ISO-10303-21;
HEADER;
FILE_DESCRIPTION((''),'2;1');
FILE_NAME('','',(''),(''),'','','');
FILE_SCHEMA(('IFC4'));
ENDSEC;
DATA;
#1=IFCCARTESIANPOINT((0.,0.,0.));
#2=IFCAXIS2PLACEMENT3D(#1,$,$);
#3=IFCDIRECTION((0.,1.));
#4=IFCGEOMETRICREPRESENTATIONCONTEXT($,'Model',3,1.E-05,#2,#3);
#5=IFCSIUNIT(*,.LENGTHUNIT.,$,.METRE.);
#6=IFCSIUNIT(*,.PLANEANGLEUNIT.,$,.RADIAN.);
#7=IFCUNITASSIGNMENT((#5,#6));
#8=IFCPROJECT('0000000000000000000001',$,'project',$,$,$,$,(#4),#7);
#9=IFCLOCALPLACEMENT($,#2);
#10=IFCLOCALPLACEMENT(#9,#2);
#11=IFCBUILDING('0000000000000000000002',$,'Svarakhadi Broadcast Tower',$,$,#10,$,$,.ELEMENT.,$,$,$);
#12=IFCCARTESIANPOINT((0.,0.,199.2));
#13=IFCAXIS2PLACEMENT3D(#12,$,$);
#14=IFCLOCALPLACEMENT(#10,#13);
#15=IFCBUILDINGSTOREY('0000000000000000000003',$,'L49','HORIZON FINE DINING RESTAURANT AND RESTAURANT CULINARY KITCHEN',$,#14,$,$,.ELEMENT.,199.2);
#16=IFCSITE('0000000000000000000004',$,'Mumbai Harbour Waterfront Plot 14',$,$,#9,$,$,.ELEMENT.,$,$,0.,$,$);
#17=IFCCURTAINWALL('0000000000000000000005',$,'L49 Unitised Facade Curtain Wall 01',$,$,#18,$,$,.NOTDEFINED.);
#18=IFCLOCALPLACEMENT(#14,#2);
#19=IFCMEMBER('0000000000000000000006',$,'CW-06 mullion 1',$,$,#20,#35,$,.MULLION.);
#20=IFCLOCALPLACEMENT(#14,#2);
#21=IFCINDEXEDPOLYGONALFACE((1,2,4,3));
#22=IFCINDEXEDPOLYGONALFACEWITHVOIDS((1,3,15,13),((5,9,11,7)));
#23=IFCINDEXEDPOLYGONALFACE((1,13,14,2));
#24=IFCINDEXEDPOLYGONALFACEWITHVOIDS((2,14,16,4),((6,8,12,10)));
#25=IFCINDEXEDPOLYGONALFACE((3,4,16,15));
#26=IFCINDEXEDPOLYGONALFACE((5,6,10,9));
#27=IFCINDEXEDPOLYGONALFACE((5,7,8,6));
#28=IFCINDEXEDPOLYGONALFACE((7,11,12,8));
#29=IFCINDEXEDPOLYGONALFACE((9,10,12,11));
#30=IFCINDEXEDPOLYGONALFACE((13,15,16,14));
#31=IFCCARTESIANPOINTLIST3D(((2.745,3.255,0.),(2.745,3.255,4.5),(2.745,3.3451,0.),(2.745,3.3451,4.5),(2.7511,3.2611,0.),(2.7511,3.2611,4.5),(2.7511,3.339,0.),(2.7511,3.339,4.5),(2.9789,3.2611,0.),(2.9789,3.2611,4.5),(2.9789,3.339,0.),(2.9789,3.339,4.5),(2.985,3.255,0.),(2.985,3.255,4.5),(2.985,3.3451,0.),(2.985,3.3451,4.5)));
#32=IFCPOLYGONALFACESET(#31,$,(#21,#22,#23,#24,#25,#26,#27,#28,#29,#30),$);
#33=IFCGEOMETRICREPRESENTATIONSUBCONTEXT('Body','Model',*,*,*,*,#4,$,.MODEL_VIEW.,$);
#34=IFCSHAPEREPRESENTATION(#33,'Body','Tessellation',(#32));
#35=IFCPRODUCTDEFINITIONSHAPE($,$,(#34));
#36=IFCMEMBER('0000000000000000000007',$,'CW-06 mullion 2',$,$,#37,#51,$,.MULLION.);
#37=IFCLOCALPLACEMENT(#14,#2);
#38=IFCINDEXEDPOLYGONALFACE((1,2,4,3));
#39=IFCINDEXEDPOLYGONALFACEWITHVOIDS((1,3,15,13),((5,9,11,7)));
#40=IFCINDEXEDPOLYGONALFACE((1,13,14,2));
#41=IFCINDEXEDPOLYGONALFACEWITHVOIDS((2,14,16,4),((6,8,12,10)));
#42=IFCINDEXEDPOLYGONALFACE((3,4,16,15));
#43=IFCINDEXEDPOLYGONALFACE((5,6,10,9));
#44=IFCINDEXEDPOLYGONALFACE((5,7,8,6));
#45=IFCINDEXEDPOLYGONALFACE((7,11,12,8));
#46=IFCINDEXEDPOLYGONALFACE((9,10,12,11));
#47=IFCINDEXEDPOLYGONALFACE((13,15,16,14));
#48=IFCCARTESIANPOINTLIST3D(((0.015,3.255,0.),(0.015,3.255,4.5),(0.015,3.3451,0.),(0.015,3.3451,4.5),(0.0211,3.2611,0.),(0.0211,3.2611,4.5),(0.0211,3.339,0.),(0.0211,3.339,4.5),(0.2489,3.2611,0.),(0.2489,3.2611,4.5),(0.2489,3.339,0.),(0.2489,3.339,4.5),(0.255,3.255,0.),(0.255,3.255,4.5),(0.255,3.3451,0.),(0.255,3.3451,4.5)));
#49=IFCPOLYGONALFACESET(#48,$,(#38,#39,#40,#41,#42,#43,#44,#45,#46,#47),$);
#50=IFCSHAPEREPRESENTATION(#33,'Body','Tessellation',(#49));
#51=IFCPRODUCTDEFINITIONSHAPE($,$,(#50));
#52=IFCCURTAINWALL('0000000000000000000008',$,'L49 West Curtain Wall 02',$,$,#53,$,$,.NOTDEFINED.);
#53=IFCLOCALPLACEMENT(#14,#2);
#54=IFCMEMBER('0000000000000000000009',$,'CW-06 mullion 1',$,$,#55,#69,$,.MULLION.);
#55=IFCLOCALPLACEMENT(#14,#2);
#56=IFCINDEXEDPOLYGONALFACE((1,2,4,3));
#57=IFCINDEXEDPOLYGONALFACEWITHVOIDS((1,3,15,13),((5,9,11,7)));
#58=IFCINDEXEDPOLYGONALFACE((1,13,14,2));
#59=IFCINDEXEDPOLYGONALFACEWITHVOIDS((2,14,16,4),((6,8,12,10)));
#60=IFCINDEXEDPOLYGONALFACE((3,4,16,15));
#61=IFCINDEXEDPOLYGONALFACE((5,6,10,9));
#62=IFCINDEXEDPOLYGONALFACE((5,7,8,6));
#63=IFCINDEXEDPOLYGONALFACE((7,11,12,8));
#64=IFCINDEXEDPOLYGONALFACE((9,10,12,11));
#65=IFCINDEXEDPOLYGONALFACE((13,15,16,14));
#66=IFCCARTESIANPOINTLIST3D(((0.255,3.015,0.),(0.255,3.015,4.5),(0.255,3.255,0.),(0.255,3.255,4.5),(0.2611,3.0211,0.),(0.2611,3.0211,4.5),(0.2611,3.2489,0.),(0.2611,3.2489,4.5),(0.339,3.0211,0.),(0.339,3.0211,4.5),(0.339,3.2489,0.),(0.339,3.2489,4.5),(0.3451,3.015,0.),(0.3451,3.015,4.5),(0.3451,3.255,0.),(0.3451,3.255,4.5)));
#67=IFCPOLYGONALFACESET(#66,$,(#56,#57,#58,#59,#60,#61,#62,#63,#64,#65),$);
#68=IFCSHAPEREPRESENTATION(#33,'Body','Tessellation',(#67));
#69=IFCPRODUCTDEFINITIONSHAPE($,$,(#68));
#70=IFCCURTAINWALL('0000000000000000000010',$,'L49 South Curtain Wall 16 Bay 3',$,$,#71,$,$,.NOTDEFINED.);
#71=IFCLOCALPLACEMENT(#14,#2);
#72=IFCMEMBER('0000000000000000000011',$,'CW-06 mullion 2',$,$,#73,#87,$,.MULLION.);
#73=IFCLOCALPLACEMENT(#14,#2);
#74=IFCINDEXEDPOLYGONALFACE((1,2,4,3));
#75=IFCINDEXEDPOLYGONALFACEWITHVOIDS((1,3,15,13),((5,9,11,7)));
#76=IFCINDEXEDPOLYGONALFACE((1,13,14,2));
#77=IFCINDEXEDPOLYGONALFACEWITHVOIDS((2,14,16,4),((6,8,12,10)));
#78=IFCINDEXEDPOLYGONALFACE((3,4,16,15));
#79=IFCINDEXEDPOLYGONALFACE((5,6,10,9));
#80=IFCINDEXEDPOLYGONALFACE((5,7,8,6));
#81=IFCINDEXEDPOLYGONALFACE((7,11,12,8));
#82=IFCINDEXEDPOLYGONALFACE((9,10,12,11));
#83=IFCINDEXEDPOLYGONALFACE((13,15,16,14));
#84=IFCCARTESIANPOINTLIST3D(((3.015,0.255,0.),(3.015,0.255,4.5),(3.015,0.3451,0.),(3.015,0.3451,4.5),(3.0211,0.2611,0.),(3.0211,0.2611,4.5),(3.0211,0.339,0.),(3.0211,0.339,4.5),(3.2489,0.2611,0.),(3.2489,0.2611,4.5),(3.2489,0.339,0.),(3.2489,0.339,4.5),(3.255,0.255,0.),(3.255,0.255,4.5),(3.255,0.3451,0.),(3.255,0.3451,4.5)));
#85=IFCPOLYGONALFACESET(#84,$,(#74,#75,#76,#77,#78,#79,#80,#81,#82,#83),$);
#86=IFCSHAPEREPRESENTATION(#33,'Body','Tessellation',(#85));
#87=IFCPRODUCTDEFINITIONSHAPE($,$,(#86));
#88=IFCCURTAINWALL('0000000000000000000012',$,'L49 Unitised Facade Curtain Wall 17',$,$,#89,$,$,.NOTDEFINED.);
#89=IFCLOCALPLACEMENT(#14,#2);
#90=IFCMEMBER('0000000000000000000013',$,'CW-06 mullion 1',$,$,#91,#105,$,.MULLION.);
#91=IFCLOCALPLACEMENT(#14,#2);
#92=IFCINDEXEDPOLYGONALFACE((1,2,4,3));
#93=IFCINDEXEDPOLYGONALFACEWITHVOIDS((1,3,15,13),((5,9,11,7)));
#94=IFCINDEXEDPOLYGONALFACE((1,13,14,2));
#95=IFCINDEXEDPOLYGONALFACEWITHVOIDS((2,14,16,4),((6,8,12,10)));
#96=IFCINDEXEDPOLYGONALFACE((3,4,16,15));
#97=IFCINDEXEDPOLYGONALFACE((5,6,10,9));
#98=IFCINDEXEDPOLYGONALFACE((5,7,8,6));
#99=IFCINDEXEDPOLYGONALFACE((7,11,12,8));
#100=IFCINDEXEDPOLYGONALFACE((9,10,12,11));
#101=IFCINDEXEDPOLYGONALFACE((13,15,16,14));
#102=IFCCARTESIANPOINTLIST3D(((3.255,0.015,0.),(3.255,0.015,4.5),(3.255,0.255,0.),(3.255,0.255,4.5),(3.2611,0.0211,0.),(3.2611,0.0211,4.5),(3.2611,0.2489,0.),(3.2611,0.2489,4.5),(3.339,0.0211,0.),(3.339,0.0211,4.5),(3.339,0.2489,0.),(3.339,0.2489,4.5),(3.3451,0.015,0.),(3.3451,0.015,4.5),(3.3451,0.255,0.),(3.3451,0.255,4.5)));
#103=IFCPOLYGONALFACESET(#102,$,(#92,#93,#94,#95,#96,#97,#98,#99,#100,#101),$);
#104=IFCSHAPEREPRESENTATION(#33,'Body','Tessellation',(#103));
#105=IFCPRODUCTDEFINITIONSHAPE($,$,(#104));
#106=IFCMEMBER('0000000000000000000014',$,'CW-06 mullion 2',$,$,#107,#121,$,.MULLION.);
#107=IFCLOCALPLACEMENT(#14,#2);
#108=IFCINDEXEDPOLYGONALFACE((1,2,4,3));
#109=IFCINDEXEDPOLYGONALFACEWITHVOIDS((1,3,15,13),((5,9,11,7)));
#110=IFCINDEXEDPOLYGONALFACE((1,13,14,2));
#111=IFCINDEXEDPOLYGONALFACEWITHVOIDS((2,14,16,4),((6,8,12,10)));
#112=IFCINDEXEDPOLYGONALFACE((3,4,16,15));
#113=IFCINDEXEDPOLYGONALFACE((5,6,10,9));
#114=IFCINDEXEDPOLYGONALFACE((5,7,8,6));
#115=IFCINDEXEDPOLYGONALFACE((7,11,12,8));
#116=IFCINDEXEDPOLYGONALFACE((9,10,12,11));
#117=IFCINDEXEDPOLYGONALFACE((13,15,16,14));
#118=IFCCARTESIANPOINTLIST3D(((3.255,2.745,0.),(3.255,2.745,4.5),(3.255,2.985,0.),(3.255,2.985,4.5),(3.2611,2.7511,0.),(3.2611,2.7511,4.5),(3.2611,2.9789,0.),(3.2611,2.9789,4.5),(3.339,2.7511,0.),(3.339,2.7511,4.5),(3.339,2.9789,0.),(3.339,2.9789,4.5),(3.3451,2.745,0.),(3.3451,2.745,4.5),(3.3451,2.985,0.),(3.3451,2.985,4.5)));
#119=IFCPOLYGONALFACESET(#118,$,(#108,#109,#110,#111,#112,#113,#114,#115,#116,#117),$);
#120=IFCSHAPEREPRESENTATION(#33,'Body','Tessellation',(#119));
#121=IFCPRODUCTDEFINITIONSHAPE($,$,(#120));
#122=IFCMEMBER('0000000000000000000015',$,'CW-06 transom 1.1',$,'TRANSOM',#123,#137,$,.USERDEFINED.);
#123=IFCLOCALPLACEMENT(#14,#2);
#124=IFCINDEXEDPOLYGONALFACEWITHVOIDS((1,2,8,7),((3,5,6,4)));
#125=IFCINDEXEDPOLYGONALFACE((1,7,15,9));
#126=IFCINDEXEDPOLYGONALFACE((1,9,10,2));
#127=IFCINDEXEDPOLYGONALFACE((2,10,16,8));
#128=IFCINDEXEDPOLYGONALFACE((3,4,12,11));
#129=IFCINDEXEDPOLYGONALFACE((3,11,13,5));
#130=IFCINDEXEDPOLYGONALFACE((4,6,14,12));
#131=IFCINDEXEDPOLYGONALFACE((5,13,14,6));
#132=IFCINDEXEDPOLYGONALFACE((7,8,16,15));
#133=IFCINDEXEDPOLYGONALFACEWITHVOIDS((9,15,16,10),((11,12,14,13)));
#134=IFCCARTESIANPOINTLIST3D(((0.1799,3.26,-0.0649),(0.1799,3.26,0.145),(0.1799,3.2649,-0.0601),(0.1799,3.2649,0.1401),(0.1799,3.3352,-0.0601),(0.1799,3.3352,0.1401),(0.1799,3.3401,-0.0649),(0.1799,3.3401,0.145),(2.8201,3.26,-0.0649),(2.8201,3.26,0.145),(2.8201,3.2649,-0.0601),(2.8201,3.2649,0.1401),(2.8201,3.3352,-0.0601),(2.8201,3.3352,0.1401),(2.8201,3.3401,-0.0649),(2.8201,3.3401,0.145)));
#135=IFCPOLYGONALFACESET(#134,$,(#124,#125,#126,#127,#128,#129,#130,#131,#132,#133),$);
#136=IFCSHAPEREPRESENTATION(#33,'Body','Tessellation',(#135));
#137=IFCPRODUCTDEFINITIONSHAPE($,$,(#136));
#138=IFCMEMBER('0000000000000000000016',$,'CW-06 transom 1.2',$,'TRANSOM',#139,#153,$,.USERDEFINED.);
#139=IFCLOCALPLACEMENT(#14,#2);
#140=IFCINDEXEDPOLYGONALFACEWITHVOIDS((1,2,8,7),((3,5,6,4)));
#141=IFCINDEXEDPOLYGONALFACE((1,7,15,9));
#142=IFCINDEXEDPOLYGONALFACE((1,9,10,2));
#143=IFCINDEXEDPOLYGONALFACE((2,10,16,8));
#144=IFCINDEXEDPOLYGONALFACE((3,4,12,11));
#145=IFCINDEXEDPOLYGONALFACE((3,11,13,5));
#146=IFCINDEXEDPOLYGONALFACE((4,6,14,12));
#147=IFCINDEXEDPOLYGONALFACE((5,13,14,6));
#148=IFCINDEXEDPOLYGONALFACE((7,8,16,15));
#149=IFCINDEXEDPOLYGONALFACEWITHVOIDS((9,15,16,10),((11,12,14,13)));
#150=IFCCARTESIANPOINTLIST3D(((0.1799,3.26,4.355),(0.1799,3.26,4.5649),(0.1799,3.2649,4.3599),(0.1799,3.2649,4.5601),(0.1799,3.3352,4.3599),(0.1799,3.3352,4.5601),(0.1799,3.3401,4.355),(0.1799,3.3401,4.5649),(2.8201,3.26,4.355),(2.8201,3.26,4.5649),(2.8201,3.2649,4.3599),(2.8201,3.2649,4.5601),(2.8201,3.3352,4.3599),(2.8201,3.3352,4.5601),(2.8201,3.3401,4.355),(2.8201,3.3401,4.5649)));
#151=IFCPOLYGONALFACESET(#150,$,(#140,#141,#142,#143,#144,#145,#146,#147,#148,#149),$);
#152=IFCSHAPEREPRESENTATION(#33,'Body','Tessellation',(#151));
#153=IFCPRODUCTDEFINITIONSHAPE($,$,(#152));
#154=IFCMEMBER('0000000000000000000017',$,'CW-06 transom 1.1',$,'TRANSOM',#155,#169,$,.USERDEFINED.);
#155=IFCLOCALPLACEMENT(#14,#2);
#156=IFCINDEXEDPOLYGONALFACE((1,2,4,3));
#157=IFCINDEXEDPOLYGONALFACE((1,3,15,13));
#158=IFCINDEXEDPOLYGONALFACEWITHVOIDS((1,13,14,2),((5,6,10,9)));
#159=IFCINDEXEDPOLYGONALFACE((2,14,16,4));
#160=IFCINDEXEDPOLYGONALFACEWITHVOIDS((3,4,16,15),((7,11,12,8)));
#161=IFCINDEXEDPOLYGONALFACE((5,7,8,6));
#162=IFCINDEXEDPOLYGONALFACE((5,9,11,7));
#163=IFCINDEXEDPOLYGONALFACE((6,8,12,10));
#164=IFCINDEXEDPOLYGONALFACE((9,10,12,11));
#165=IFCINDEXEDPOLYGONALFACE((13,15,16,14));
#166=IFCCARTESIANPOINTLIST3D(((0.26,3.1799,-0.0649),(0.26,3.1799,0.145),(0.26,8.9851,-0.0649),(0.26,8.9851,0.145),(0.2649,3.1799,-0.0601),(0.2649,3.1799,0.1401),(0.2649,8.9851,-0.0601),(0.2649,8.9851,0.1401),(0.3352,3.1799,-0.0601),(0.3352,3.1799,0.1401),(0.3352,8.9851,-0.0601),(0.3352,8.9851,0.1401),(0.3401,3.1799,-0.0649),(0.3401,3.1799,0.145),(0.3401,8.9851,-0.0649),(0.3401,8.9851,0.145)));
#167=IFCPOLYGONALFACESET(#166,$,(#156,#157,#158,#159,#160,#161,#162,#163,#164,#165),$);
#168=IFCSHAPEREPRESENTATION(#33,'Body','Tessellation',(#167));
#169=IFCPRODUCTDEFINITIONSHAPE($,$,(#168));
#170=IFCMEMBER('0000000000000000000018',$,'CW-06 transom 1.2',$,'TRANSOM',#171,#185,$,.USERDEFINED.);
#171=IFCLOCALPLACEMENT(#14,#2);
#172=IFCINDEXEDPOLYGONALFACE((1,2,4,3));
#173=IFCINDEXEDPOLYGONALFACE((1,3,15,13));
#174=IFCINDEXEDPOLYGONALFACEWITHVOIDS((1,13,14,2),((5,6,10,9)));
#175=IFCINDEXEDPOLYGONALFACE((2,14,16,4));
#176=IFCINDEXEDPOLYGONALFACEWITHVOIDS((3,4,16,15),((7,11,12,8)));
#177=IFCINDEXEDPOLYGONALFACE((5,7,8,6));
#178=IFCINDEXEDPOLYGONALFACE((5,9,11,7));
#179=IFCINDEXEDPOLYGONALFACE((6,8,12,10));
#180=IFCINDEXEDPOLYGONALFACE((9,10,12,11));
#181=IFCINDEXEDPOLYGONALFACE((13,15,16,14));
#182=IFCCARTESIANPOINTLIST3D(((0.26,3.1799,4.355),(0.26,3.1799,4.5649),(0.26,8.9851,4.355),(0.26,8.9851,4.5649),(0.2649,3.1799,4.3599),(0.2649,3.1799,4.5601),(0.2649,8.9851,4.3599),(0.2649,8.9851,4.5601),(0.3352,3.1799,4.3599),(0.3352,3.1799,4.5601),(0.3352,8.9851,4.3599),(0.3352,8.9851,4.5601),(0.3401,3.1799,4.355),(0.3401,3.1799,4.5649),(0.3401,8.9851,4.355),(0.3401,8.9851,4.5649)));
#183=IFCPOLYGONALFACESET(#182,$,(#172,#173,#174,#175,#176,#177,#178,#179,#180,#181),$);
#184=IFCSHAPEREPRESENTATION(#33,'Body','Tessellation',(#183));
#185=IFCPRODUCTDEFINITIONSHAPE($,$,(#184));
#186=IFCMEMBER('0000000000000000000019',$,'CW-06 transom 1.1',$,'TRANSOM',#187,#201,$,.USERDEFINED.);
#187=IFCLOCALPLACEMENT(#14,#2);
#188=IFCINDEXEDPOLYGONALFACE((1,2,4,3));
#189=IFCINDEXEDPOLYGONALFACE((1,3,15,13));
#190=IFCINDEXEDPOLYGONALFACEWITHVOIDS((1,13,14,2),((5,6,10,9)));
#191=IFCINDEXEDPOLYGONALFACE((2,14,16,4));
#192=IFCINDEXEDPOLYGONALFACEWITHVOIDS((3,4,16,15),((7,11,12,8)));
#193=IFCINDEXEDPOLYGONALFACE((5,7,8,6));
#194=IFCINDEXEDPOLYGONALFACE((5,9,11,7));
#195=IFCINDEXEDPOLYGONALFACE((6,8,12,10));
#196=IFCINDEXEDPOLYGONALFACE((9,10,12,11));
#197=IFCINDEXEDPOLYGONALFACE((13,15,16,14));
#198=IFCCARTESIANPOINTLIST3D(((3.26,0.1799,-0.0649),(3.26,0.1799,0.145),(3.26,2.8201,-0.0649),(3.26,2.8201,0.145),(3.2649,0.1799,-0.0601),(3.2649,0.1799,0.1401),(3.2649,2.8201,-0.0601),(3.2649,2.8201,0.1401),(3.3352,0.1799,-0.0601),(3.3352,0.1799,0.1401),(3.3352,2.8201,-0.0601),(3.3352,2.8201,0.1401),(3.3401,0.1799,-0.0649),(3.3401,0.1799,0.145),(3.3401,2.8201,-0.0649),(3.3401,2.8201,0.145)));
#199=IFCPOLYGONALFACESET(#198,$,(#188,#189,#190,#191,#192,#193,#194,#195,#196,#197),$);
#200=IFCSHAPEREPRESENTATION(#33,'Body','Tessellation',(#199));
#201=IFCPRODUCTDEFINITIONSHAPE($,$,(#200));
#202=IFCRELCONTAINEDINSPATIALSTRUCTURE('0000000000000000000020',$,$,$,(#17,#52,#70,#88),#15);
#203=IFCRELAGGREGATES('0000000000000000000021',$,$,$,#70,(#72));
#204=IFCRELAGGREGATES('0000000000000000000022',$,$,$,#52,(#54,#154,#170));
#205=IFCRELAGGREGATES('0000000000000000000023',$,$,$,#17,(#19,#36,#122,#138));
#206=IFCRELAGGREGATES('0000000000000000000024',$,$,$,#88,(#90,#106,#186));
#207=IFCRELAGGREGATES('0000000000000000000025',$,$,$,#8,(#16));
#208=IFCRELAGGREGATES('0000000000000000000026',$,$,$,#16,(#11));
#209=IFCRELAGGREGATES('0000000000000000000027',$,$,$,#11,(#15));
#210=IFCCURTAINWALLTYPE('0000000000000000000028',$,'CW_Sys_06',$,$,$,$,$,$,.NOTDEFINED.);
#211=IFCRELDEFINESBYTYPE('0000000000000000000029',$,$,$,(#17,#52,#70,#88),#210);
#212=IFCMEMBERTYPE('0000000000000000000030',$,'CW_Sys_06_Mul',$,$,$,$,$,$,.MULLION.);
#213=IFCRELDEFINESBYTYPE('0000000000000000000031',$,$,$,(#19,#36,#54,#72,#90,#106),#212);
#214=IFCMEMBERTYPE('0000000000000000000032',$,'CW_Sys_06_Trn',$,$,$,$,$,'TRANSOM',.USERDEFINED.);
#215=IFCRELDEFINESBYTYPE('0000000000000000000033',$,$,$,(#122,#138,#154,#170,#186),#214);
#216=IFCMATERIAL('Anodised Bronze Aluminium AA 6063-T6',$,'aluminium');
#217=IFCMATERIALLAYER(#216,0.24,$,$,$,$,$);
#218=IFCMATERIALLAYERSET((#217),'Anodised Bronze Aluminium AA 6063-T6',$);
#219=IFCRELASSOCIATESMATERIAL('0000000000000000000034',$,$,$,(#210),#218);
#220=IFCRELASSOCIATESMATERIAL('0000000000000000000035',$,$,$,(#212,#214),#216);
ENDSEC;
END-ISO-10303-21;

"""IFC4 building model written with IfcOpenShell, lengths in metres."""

from ifc_helpers import new_model, si_unit, direction, frame, origin, origin_2d, place, context, subcontext, project, spatial, hollow_rectangle, extrude, material, layer, layer_set, material_profile, profile_set, type_object, element, aggregate, save


model = new_model("IFC4")

# Units and contexts
model_context = context("Model", 3, precision=1e-05, world=origin(), true_north=direction((0.0, 1.0)))
body_context = subcontext(model_context, "Body", "Model", "MODEL_VIEW")
ifc_project = project(units=[si_unit("LENGTHUNIT", "METRE"), si_unit("PLANEANGLEUNIT", "RADIAN")], contexts=[model_context])

# Site, building, storey
site_placement = place(None, origin())
site = spatial("IfcSite", under=ifc_project, at=site_placement, Name="Mumbai Harbour Waterfront Plot 14", CompositionType="ELEMENT", RefElevation=0.0)
building_placement = place(site_placement, origin())
building = spatial("IfcBuilding", under=site, at=building_placement, Name="Svarakhadi Broadcast Tower", CompositionType="ELEMENT")
storey_placement = place(building_placement, frame((0.0, 0.0, 199.2)))
storey = spatial("IfcBuildingStorey", under=building, at=storey_placement, Name="L49", Description="HORIZON FINE DINING RESTAURANT AND RESTAURANT CULINARY KITCHEN", CompositionType="ELEMENT", Elevation=199.2)

# Curtain wall, members
ifc_material_1 = material(Name="Anodised Bronze Aluminium AA 6063-T6", Category="aluminium")
ifc_layer_1 = layer(ifc_material_1, 0.24)
ifc_layer_set_1 = layer_set([ifc_layer_1], Name="Anodised Bronze Aluminium AA 6063-T6")
curtain_wall_type = type_object("IfcCurtainWallType", Name="CW_Sys_06", PredefinedType="NOTDEFINED", material=ifc_layer_set_1)
curtain_wall_1_placement = place(storey_placement, origin())
curtain_wall_1 = element("IfcCurtainWall", 1, at=curtain_wall_1_placement, inside=storey, type_object=curtain_wall_type, Name="L49 Unitised Facade Curtain Wall 01", PredefinedType="NOTDEFINED")
ifc_material_profile_1 = material_profile(ifc_material_1, hollow_rectangle(XDim=0.0901, YDim=0.24, WallThickness=0.0061, at=origin_2d()), Name="ALU MULLION 240x90x6")
ifc_profile_set_1 = profile_set([ifc_material_profile_1], Name="Anodised Bronze Aluminium AA 6063-T6")
member_type_1 = type_object("IfcMemberType", Name="CW_Sys_06_Mul", PredefinedType="MULLION", material=ifc_profile_set_1)
member_1_placement = place(storey_placement, frame((2.865, 3.3, 0.0), z_axis=(0.0, 0.0, 1.0), x_axis=(0.0, -1.0, 0.0)))
member_1 = element("IfcMember", 2, at=member_1_placement, type_object=member_type_1, Name="CW-06 mullion 1", PredefinedType="MULLION", context=body_context, shape_type="SweptSolid", body=[
    extrude(hollow_rectangle(XDim=0.0901, YDim=0.24, WallThickness=0.0061, at=origin_2d()), origin(), (0.0, 0.0, 1.0), 4.5),
])
member_2_placement = place(storey_placement, frame((0.135, 3.3, 0.0), z_axis=(0.0, 0.0, 1.0), x_axis=(0.0, -1.0, 0.0)))
member_2 = element("IfcMember", 3, at=member_2_placement, type_object=member_type_1, Name="CW-06 mullion 2", PredefinedType="MULLION", context=body_context, shape_type="SweptSolid", body=[
    extrude(hollow_rectangle(XDim=0.0901, YDim=0.24, WallThickness=0.0061, at=origin_2d()), origin(), (0.0, 0.0, 1.0), 4.5),
])

# Curtain walls, members
curtain_wall_2_placement = place(storey_placement, origin())
curtain_wall_2 = element("IfcCurtainWall", 4, at=curtain_wall_2_placement, inside=storey, type_object=curtain_wall_type, Name="L49 West Curtain Wall 02", PredefinedType="NOTDEFINED")
member_3_placement = place(storey_placement, frame((0.3, 3.135, 0.0), z_axis=(0.0, 0.0, 1.0), x_axis=(-1.0, 0.0, 0.0)))
member_3 = element("IfcMember", 5, at=member_3_placement, type_object=member_type_1, Name="CW-06 mullion 1", PredefinedType="MULLION", context=body_context, shape_type="SweptSolid", body=[
    extrude(hollow_rectangle(XDim=0.0901, YDim=0.24, WallThickness=0.0061, at=origin_2d()), origin(), (0.0, 0.0, 1.0), 4.5),
])
curtain_wall_3_placement = place(storey_placement, origin())
curtain_wall_3 = element("IfcCurtainWall", 6, at=curtain_wall_3_placement, inside=storey, type_object=curtain_wall_type, Name="L49 South Curtain Wall 16 Bay 3", PredefinedType="NOTDEFINED")
member_4_placement = place(storey_placement, frame((3.135, 0.3, 0.0), z_axis=(0.0, 0.0, 1.0), x_axis=(0.0, -1.0, 0.0)))
member_4 = element("IfcMember", 7, at=member_4_placement, type_object=member_type_1, Name="CW-06 mullion 2", PredefinedType="MULLION", context=body_context, shape_type="SweptSolid", body=[
    extrude(hollow_rectangle(XDim=0.0901, YDim=0.24, WallThickness=0.0061, at=origin_2d()), origin(), (0.0, 0.0, 1.0), 4.5),
])
aggregate(curtain_wall_3, [member_4])

# Curtain wall, members
curtain_wall_4_placement = place(storey_placement, origin())
curtain_wall_4 = element("IfcCurtainWall", 8, at=curtain_wall_4_placement, inside=storey, type_object=curtain_wall_type, Name="L49 Unitised Facade Curtain Wall 17", PredefinedType="NOTDEFINED")
member_5_placement = place(storey_placement, frame((3.3, 0.135, 0.0), z_axis=(0.0, 0.0, 1.0), x_axis=(-1.0, 0.0, 0.0)))
member_5 = element("IfcMember", 9, at=member_5_placement, type_object=member_type_1, Name="CW-06 mullion 1", PredefinedType="MULLION", context=body_context, shape_type="SweptSolid", body=[
    extrude(hollow_rectangle(XDim=0.0901, YDim=0.24, WallThickness=0.0061, at=origin_2d()), origin(), (0.0, 0.0, 1.0), 4.5),
])
member_6_placement = place(storey_placement, frame((3.3, 2.865, 0.0), z_axis=(0.0, 0.0, 1.0), x_axis=(-1.0, 0.0, 0.0)))
member_6 = element("IfcMember", 10, at=member_6_placement, type_object=member_type_1, Name="CW-06 mullion 2", PredefinedType="MULLION", context=body_context, shape_type="SweptSolid", body=[
    extrude(hollow_rectangle(XDim=0.0901, YDim=0.24, WallThickness=0.0061, at=origin_2d()), origin(), (0.0, 0.0, 1.0), 4.5),
])

# Members
ifc_material_profile_2 = material_profile(ifc_material_1, hollow_rectangle(XDim=0.0801, YDim=0.21, WallThickness=0.0049, at=origin_2d()), Name="ALU TRANSOM 210x80x5")
ifc_profile_set_2 = profile_set([ifc_material_profile_2], Name="Anodised Bronze Aluminium AA 6063-T6")
member_type_2 = type_object("IfcMemberType", Name="CW_Sys_06_Trn", ElementType="TRANSOM", PredefinedType="USERDEFINED", material=ifc_profile_set_2)
member_7_placement = place(storey_placement, frame((2.8201, 3.3, 0.04), z_axis=(-1.0, 0.0, 0.0), x_axis=(0.0, -1.0, 0.0)))
member_7 = element("IfcMember", 11, at=member_7_placement, type_object=member_type_2, Name="CW-06 transom 1.1", ObjectType="TRANSOM", PredefinedType="USERDEFINED", context=body_context, shape_type="SweptSolid", body=[
    extrude(hollow_rectangle(XDim=0.0801, YDim=0.21, WallThickness=0.0049, at=origin_2d()), origin(), (0.0, 0.0, 1.0), 2.6401),
])
member_8_placement = place(storey_placement, frame((2.8201, 3.3, 4.46), z_axis=(-1.0, 0.0, 0.0), x_axis=(0.0, -1.0, 0.0)))
member_8 = element("IfcMember", 12, at=member_8_placement, type_object=member_type_2, Name="CW-06 transom 1.2", ObjectType="TRANSOM", PredefinedType="USERDEFINED", context=body_context, shape_type="SweptSolid", body=[
    extrude(hollow_rectangle(XDim=0.0801, YDim=0.21, WallThickness=0.0049, at=origin_2d()), origin(), (0.0, 0.0, 1.0), 2.6401),
])
member_9_placement = place(storey_placement, frame((0.3, 3.1799, 0.04), z_axis=(0.0, 1.0, 0.0), x_axis=(-1.0, 0.0, 0.0)))
member_9 = element("IfcMember", 13, at=member_9_placement, type_object=member_type_2, Name="CW-06 transom 1.1", ObjectType="TRANSOM", PredefinedType="USERDEFINED", context=body_context, shape_type="SweptSolid", body=[
    extrude(hollow_rectangle(XDim=0.0801, YDim=0.21, WallThickness=0.0049, at=origin_2d()), origin(), (0.0, 0.0, 1.0), 5.8052),
])
member_10_placement = place(storey_placement, frame((0.3, 3.1799, 4.46), z_axis=(0.0, 1.0, 0.0), x_axis=(-1.0, 0.0, 0.0)))
member_10 = element("IfcMember", 14, at=member_10_placement, type_object=member_type_2, Name="CW-06 transom 1.2", ObjectType="TRANSOM", PredefinedType="USERDEFINED", context=body_context, shape_type="SweptSolid", body=[
    extrude(hollow_rectangle(XDim=0.0801, YDim=0.21, WallThickness=0.0049, at=origin_2d()), origin(), (0.0, 0.0, 1.0), 5.8052),
])
aggregate(curtain_wall_2, [member_3, member_9, member_10])
member_11_placement = place(storey_placement, frame((3.3, 0.1799, 0.04), z_axis=(0.0, 1.0, 0.0), x_axis=(-1.0, 0.0, 0.0)))
member_11 = element("IfcMember", 15, at=member_11_placement, type_object=member_type_2, Name="CW-06 transom 1.1", ObjectType="TRANSOM", PredefinedType="USERDEFINED", context=body_context, shape_type="SweptSolid", body=[
    extrude(hollow_rectangle(XDim=0.0801, YDim=0.21, WallThickness=0.0049, at=origin_2d()), origin(), (0.0, 0.0, 1.0), 2.6401),
])

aggregate(curtain_wall_1, [member_1, member_2, member_7, member_8])
aggregate(curtain_wall_4, [member_5, member_6, member_11])

save(model, "model.ifc")
